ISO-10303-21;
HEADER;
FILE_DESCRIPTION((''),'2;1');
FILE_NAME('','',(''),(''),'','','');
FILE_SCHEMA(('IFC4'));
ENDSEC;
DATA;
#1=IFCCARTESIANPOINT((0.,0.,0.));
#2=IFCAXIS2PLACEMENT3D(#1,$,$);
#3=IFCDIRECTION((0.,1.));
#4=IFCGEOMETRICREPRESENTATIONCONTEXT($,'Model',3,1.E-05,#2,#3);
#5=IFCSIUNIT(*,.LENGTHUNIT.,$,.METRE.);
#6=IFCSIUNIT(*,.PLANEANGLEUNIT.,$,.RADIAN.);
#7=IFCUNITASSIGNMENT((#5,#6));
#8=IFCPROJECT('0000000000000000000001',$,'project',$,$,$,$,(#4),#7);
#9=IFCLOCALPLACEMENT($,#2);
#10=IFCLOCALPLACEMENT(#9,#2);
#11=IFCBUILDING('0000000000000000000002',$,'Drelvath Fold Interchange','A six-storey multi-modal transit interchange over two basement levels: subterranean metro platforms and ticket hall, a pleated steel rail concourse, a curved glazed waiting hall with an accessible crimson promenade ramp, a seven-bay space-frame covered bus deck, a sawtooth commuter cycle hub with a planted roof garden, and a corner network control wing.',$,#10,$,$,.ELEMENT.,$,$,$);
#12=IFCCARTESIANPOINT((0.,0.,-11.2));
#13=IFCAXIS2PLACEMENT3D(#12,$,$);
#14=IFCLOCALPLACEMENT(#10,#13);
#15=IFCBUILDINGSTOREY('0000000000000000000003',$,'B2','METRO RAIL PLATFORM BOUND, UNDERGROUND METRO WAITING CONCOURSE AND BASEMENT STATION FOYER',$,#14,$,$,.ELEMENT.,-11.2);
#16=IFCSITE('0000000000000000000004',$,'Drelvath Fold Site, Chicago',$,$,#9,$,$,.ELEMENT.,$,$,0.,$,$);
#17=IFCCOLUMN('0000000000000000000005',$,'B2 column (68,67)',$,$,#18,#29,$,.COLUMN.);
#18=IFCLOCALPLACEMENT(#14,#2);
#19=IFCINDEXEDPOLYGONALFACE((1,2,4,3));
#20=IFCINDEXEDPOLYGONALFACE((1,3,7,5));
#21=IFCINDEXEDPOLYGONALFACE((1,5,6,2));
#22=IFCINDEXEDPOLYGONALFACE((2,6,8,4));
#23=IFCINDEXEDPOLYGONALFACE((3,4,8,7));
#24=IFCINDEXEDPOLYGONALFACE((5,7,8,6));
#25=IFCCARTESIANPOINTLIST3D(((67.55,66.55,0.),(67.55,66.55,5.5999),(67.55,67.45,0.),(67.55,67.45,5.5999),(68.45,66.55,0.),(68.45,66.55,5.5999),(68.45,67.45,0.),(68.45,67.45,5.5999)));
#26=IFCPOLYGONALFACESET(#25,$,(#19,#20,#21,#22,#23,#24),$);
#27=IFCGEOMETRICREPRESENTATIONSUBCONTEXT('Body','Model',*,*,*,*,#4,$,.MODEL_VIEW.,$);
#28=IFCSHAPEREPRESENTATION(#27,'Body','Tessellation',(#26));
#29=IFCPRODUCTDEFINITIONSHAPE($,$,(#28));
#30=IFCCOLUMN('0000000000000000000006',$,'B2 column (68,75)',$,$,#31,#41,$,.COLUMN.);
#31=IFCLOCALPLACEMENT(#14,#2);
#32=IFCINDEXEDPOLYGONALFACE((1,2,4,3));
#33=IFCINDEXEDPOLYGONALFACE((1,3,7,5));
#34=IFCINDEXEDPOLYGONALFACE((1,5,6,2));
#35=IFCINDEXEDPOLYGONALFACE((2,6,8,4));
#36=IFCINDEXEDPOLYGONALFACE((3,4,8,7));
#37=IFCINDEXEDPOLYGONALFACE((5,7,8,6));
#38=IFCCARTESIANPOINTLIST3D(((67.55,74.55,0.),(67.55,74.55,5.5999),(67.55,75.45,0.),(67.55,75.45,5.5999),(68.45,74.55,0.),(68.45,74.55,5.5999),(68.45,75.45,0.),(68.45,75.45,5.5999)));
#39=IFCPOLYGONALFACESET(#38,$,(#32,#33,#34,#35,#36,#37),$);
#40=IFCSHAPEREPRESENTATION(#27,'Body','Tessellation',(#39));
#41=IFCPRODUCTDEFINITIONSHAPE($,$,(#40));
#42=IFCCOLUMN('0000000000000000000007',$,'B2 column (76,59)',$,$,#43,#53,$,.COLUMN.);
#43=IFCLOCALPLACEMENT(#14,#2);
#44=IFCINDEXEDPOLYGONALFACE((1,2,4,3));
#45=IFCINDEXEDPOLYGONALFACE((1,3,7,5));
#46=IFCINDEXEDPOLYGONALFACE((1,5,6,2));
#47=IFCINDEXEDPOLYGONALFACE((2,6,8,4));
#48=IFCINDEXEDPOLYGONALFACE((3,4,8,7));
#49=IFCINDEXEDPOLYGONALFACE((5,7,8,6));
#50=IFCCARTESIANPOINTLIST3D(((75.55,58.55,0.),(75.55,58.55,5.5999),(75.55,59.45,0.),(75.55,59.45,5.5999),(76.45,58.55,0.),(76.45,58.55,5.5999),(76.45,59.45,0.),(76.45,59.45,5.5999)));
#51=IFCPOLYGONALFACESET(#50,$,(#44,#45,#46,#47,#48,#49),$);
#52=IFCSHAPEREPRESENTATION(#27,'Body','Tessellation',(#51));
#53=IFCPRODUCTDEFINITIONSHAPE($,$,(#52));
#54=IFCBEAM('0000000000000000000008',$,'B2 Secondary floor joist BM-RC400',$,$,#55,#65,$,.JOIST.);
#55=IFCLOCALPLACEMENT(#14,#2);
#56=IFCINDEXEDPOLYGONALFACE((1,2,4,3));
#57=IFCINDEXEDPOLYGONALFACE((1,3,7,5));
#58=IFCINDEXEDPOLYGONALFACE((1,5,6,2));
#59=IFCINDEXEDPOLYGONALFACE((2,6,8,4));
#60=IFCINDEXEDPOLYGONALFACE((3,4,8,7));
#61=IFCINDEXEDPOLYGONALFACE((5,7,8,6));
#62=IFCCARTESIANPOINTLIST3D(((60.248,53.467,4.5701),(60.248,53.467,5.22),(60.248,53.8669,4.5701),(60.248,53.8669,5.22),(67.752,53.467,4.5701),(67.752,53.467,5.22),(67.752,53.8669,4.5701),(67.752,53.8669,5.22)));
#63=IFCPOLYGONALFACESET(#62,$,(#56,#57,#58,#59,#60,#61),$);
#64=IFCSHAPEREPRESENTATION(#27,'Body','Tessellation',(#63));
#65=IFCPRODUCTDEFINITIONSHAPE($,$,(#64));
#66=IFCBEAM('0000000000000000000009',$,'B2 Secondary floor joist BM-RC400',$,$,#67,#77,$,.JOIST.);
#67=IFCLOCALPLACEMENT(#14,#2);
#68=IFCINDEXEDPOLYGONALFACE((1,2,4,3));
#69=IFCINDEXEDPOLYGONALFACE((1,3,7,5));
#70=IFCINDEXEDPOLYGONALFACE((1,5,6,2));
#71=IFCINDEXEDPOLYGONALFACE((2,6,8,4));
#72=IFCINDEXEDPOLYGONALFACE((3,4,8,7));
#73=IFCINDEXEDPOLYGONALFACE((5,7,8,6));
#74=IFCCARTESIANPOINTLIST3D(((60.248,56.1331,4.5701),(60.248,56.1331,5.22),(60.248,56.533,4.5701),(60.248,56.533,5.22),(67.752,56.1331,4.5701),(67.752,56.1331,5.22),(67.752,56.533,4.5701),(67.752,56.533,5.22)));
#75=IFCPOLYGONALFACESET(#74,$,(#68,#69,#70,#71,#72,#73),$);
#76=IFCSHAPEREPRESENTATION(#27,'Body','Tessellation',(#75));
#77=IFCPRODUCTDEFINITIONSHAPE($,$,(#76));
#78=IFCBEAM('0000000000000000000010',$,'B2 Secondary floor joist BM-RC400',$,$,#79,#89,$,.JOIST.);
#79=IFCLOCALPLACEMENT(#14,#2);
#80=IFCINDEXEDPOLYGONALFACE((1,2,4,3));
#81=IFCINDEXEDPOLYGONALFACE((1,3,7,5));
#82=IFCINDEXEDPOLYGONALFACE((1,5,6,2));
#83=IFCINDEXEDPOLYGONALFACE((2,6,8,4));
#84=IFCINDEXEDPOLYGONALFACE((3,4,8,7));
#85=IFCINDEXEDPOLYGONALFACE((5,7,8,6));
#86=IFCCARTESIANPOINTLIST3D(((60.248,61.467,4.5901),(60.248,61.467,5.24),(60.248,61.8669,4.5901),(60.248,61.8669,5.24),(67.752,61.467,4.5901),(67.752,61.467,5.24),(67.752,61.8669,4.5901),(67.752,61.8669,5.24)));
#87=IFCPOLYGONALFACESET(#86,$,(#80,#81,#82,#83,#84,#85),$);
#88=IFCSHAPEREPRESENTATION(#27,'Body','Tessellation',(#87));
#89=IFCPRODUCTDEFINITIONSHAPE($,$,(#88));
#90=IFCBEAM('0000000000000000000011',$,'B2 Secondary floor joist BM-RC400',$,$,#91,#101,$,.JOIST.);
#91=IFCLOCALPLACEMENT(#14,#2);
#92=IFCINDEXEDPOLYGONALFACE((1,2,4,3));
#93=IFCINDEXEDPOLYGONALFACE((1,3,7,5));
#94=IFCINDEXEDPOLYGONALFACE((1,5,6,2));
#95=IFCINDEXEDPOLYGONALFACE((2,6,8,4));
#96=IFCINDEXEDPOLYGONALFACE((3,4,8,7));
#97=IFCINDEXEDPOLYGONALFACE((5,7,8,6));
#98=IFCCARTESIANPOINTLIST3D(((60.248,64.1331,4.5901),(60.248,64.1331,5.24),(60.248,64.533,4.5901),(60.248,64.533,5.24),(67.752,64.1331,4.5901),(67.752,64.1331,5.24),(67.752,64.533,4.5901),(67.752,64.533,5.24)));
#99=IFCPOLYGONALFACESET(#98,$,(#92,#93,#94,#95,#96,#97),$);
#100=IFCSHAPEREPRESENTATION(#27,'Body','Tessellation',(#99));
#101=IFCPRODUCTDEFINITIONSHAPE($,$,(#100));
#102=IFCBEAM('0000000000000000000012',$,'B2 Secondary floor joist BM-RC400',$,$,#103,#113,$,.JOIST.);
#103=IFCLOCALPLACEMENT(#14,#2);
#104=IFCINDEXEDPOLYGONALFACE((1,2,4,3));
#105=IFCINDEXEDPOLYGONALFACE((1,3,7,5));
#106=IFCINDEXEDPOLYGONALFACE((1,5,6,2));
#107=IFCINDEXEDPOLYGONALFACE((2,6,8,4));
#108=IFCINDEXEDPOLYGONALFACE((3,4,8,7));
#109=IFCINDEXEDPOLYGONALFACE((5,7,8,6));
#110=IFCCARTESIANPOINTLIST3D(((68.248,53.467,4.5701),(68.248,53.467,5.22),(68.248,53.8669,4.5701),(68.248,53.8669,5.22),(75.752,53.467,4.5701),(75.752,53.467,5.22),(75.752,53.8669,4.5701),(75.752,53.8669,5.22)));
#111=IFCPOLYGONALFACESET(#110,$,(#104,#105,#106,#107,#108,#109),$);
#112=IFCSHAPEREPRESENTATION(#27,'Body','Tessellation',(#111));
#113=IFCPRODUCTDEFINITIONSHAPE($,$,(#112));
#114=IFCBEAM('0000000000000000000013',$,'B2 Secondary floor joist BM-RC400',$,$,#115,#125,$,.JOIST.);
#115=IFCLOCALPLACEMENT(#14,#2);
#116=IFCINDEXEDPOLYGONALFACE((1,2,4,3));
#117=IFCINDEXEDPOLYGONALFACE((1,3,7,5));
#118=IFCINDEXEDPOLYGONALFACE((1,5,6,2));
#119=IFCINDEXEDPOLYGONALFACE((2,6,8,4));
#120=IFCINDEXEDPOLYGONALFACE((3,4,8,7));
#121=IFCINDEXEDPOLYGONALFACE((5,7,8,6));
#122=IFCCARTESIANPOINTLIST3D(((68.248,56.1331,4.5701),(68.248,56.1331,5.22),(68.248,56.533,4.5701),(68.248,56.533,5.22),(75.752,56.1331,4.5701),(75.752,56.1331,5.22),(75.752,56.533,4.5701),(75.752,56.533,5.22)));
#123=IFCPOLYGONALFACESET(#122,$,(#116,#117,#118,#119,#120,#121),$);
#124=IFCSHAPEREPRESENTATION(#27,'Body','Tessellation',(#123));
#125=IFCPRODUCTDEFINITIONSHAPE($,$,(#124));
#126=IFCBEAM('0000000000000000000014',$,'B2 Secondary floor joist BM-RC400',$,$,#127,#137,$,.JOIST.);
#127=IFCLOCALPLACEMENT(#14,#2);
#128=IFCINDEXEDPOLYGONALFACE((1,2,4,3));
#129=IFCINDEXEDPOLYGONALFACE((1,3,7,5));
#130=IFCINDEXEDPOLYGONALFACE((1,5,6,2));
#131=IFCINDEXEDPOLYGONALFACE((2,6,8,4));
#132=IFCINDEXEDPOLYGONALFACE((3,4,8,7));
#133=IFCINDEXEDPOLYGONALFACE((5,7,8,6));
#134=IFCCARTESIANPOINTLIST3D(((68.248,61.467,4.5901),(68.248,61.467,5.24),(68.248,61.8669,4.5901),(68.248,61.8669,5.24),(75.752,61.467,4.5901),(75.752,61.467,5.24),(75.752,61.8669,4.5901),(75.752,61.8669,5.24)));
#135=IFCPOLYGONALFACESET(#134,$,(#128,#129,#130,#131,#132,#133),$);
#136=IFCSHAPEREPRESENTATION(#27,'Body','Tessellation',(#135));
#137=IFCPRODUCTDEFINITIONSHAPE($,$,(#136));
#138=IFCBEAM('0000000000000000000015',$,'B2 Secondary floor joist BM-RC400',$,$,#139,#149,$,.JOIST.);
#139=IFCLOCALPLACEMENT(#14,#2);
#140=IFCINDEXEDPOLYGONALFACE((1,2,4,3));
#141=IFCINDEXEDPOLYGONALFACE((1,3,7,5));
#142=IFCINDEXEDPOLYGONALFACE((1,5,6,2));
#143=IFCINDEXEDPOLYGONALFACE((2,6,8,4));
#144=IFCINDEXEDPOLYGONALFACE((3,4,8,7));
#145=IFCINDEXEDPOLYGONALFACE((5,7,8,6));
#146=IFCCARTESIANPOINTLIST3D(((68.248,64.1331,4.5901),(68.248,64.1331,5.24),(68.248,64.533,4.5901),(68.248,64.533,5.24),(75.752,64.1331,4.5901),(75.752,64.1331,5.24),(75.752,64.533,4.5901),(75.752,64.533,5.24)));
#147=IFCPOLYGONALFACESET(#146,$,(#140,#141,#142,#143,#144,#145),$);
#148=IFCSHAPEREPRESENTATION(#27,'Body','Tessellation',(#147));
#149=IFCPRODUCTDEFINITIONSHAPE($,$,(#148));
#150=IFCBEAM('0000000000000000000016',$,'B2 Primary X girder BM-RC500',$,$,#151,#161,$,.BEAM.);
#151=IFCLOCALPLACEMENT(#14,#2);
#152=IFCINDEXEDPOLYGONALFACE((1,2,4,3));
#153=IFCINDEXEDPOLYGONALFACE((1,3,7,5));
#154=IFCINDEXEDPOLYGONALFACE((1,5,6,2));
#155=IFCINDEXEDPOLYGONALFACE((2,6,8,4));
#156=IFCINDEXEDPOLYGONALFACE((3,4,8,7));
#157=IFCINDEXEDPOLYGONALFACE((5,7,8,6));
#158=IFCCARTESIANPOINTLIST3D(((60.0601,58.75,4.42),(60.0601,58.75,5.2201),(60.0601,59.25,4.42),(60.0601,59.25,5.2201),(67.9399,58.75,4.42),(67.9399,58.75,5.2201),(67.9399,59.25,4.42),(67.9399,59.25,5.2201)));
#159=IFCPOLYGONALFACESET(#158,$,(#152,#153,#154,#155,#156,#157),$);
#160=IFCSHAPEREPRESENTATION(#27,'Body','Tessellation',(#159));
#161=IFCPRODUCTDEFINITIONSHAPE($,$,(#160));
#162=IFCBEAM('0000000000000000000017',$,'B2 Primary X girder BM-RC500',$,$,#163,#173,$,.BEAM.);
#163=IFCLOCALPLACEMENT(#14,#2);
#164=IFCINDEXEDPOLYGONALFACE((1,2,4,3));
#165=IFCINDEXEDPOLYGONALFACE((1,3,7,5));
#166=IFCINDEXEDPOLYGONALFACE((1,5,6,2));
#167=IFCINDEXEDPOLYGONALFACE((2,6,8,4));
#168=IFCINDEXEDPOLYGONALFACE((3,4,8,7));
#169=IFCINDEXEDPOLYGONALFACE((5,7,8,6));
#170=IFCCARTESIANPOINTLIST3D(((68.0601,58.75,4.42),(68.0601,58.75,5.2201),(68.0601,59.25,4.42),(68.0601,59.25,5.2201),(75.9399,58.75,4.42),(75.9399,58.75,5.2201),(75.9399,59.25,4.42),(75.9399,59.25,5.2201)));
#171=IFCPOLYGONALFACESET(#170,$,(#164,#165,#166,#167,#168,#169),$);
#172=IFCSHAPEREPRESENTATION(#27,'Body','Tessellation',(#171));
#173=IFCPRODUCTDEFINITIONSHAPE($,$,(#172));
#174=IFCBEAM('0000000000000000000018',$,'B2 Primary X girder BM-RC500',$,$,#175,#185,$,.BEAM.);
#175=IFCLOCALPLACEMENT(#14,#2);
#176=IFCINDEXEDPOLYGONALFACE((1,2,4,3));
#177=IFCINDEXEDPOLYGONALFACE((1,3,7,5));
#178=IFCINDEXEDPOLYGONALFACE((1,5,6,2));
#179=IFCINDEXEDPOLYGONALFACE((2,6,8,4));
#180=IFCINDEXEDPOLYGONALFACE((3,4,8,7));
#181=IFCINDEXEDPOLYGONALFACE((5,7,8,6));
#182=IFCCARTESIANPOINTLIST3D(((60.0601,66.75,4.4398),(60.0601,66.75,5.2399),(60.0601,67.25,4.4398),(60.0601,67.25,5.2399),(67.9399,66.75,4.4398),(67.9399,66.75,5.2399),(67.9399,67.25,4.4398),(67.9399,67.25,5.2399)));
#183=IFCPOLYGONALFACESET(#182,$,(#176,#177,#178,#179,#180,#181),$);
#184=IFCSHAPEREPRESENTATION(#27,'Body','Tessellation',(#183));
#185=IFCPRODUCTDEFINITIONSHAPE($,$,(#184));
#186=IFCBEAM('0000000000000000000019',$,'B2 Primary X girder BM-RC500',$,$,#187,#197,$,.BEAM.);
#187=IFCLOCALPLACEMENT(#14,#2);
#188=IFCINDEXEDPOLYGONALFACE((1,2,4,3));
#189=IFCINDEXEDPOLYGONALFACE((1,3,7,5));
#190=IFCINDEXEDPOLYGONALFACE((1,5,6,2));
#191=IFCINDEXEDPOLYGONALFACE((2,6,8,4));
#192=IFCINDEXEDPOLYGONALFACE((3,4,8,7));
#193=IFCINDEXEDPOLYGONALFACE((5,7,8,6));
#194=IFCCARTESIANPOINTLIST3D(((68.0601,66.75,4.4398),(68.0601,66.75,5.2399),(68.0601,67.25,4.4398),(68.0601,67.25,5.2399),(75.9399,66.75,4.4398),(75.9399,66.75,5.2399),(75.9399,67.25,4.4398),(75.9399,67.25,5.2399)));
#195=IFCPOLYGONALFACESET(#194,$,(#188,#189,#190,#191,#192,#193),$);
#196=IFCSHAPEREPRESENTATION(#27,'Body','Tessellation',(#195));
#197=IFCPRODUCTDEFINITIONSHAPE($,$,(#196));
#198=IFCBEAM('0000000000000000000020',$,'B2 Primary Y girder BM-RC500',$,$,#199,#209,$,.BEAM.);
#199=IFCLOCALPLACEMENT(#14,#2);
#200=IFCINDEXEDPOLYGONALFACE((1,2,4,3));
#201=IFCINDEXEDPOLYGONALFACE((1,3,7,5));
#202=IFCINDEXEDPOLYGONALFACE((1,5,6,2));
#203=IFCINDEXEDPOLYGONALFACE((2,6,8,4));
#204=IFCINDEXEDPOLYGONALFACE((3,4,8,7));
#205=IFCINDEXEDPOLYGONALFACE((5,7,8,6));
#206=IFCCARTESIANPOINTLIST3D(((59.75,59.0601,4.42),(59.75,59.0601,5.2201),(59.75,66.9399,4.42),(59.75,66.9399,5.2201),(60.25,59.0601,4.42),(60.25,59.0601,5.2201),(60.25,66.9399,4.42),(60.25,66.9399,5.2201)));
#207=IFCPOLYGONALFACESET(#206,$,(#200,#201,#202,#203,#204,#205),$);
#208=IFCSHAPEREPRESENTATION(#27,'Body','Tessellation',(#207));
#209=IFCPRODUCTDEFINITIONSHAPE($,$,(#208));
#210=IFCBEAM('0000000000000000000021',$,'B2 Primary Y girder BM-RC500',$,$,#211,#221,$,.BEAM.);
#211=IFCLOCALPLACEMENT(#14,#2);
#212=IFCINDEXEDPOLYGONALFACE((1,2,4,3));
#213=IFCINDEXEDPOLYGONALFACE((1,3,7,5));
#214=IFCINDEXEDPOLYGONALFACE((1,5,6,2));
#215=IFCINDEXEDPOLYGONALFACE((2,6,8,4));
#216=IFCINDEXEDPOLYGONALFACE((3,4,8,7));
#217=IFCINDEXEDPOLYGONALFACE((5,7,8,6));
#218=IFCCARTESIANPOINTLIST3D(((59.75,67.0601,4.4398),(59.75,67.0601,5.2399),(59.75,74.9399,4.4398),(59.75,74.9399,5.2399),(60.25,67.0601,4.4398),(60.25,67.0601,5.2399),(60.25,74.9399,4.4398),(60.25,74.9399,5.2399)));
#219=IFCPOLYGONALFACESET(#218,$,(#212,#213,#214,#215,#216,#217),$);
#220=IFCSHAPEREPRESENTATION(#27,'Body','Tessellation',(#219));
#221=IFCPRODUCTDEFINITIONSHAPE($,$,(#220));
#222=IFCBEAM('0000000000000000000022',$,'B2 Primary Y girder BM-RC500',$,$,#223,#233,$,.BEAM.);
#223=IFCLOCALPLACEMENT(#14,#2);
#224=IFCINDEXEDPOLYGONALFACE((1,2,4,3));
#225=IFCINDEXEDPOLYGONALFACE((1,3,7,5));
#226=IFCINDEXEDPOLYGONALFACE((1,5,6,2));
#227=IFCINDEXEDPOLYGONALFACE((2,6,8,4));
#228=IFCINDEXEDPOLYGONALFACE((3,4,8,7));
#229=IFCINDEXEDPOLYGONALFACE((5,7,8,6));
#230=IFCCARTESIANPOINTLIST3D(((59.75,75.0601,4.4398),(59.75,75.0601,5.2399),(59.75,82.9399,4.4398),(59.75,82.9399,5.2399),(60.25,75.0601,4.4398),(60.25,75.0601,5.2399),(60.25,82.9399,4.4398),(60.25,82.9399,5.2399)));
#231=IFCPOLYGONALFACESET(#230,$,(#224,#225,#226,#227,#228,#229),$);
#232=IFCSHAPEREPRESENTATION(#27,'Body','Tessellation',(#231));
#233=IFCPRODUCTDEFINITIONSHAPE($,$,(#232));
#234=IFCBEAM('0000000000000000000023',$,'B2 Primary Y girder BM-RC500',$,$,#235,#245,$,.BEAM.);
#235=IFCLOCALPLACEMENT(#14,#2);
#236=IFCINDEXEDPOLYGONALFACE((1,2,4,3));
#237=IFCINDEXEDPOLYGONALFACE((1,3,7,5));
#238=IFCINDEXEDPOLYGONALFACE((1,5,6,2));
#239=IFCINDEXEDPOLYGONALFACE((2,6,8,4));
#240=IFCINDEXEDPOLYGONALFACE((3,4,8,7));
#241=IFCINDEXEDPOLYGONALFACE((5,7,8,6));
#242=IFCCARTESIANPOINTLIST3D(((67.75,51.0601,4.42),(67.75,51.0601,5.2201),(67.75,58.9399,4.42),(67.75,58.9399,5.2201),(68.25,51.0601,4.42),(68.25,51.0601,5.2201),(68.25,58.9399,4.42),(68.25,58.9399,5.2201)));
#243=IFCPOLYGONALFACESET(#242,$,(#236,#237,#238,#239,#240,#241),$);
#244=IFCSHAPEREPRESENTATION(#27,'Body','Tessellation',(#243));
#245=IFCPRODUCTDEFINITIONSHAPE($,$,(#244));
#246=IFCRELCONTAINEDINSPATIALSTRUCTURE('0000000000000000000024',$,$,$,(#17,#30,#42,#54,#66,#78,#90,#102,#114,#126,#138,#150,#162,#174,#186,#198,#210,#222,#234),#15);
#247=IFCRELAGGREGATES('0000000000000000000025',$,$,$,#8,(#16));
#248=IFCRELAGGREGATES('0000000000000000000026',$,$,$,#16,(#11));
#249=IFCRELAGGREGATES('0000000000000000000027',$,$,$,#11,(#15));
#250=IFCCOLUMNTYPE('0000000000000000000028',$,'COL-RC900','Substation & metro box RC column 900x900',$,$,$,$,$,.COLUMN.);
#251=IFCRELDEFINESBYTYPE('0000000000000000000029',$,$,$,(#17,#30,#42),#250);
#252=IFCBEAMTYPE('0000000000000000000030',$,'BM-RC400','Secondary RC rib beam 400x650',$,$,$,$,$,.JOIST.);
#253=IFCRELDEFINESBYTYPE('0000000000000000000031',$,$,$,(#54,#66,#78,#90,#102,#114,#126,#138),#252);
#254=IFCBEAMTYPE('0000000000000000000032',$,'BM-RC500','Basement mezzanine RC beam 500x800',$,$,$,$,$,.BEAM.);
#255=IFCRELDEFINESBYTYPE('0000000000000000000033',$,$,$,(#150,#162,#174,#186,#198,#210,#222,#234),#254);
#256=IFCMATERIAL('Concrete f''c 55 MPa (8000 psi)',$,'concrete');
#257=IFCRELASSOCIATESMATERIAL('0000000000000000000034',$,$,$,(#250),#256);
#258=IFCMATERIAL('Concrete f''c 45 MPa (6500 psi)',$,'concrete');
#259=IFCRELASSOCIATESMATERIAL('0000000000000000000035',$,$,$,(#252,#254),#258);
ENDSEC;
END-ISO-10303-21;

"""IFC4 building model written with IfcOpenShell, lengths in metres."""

from ifc_helpers import new_model, si_unit, direction, frame, origin, origin_2d, place, context, subcontext, project, spatial, rectangle, extrude, material, material_profile, profile_set, type_object, element, save


model = new_model("IFC4")

# Units and contexts
model_context = context("Model", 3, precision=1e-05, world=origin(), true_north=direction((0.0, 1.0)))
body_context = subcontext(model_context, "Body", "Model", "MODEL_VIEW")
ifc_project = project(units=[si_unit("LENGTHUNIT", "METRE"), si_unit("PLANEANGLEUNIT", "RADIAN")], contexts=[model_context])

# Site, building, storey
site_placement = place(None, origin())
site = spatial("IfcSite", under=ifc_project, at=site_placement, Name="Drelvath Fold Site, Chicago", CompositionType="ELEMENT", RefElevation=0.0)
building_placement = place(site_placement, origin())
building = spatial("IfcBuilding", under=site, at=building_placement, Name="Drelvath Fold Interchange", Description="A six-storey multi-modal transit interchange over two basement levels: subterranean metro platforms and ticket hall, a pleated steel rail concourse, a curved glazed waiting hall with an accessible crimson promenade ramp, a seven-bay space-frame covered bus deck, a sawtooth commuter cycle hub with a planted roof garden, and a corner network control wing.", CompositionType="ELEMENT")
storey_placement = place(building_placement, frame((0.0, 0.0, -11.2)))
storey = spatial("IfcBuildingStorey", under=building, at=storey_placement, Name="B2", Description="METRO RAIL PLATFORM BOUND, UNDERGROUND METRO WAITING CONCOURSE AND BASEMENT STATION FOYER", CompositionType="ELEMENT", Elevation=-11.2)

# Shared definitions
ifc_material_1 = material(Name="Concrete f'c 55 MPa (8000 psi)", Category="concrete")

# Columns
ifc_material_profile_1 = material_profile(ifc_material_1, rectangle(XDim=0.8999, YDim=0.8999, at=origin_2d()), Name="RC 900x900")
ifc_profile_set_1 = profile_set([ifc_material_profile_1], Name="Concrete f'c 55 MPa (8000 psi)")
column_type = type_object("IfcColumnType", Name="COL-RC900", Description="Substation & metro box RC column 900x900", PredefinedType="COLUMN", material=ifc_profile_set_1)
for number, where, z_axis, x_axis, name in (
    (1, (68.0, 67.0, 0.0), (0.0, 0.0, 1.0), (1.0, 0.0, 0.0), "B2 column (68,67)"),
    (2, (68.0, 75.0, 0.0), (0.0, 0.0, 1.0), (1.0, 0.0, 0.0), "B2 column (68,75)"),
    (3, (76.0, 59.0, 0.0), (0.0, 0.0, 1.0), (1.0, 0.0, 0.0), "B2 column (76,59)"),
):
    element("IfcColumn", number, at=place(storey_placement, frame(where, z_axis=z_axis, x_axis=x_axis)), inside=storey, type_object=column_type, Name=name, PredefinedType="COLUMN", context=body_context, shape_type="SweptSolid", body=[
        extrude(rectangle(XDim=0.8999, YDim=0.8999, at=origin_2d()), origin(), (0.0, 0.0, 1.0), 5.5999),
    ])

# Beams
ifc_material_2 = material(Name="Concrete f'c 45 MPa (6500 psi)", Category="concrete")
ifc_material_profile_2 = material_profile(ifc_material_2, rectangle(XDim=0.3999, YDim=0.6499, at=origin_2d()), Name="RC 400x650")
ifc_profile_set_2 = profile_set([ifc_material_profile_2], Name="Concrete f'c 45 MPa (6500 psi)")
beam_type_1 = type_object("IfcBeamType", Name="BM-RC400", Description="Secondary RC rib beam 400x650", PredefinedType="JOIST", material=ifc_profile_set_2)
for number, where, z_axis, x_axis, name in (
    (4, (60.248, 53.667, 4.895), (1.0, 0.0, 0.0), (0.0, 1.0, 0.0), "B2 Secondary floor joist BM-RC400"),
    (5, (60.248, 56.333, 4.895), (1.0, 0.0, 0.0), (0.0, 1.0, 0.0), "B2 Secondary floor joist BM-RC400"),
    (6, (60.248, 61.667, 4.915), (1.0, 0.0, 0.0), (0.0, 1.0, 0.0), "B2 Secondary floor joist BM-RC400"),
    (7, (60.248, 64.333, 4.915), (1.0, 0.0, 0.0), (0.0, 1.0, 0.0), "B2 Secondary floor joist BM-RC400"),
    (8, (68.248, 53.667, 4.895), (1.0, 0.0, 0.0), (0.0, 1.0, 0.0), "B2 Secondary floor joist BM-RC400"),
    (9, (68.248, 56.333, 4.895), (1.0, 0.0, 0.0), (0.0, 1.0, 0.0), "B2 Secondary floor joist BM-RC400"),
    (10, (68.248, 61.667, 4.915), (1.0, 0.0, 0.0), (0.0, 1.0, 0.0), "B2 Secondary floor joist BM-RC400"),
    (11, (68.248, 64.333, 4.915), (1.0, 0.0, 0.0), (0.0, 1.0, 0.0), "B2 Secondary floor joist BM-RC400"),
):
    element("IfcBeam", number, at=place(storey_placement, frame(where, z_axis=z_axis, x_axis=x_axis)), inside=storey, type_object=beam_type_1, Name=name, PredefinedType="JOIST", context=body_context, shape_type="SweptSolid", body=[
        extrude(rectangle(XDim=0.3999, YDim=0.6499, at=origin_2d()), origin(), (0.0, 0.0, 1.0), 7.5039),
    ])
ifc_material_profile_3 = material_profile(ifc_material_2, rectangle(XDim=0.5, YDim=0.8, at=origin_2d()), Name="RC 500x800")
ifc_profile_set_3 = profile_set([ifc_material_profile_3], Name="Concrete f'c 45 MPa (6500 psi)")
beam_type_2 = type_object("IfcBeamType", Name="BM-RC500", Description="Basement mezzanine RC beam 500x800", PredefinedType="BEAM", material=ifc_profile_set_3)
for number, where, z_axis, x_axis, name in (
    (12, (60.0601, 59.0, 4.8201), (1.0, 0.0, 0.0), (0.0, 1.0, 0.0), "B2 Primary X girder BM-RC500"),
    (13, (68.0601, 59.0, 4.8201), (1.0, 0.0, 0.0), (0.0, 1.0, 0.0), "B2 Primary X girder BM-RC500"),
    (14, (60.0601, 67.0, 4.8398), (1.0, 0.0, 0.0), (0.0, 1.0, 0.0), "B2 Primary X girder BM-RC500"),
    (15, (68.0601, 67.0, 4.8398), (1.0, 0.0, 0.0), (0.0, 1.0, 0.0), "B2 Primary X girder BM-RC500"),
    (16, (60.0, 59.0601, 4.8201), (0.0, 1.0, 0.0), (-1.0, 0.0, 0.0), "B2 Primary Y girder BM-RC500"),
    (17, (60.0, 67.0601, 4.8398), (0.0, 1.0, 0.0), (-1.0, 0.0, 0.0), "B2 Primary Y girder BM-RC500"),
    (18, (60.0, 75.0601, 4.8398), (0.0, 1.0, 0.0), (-1.0, 0.0, 0.0), "B2 Primary Y girder BM-RC500"),
    (19, (68.0, 51.0601, 4.8201), (0.0, 1.0, 0.0), (-1.0, 0.0, 0.0), "B2 Primary Y girder BM-RC500"),
):
    element("IfcBeam", number, at=place(storey_placement, frame(where, z_axis=z_axis, x_axis=x_axis)), inside=storey, type_object=beam_type_2, Name=name, PredefinedType="BEAM", context=body_context, shape_type="SweptSolid", body=[
        extrude(rectangle(XDim=0.5, YDim=0.8, at=origin_2d()), origin(), (0.0, 0.0, 1.0), 7.8799),
    ])

save(model, "model.ifc")
